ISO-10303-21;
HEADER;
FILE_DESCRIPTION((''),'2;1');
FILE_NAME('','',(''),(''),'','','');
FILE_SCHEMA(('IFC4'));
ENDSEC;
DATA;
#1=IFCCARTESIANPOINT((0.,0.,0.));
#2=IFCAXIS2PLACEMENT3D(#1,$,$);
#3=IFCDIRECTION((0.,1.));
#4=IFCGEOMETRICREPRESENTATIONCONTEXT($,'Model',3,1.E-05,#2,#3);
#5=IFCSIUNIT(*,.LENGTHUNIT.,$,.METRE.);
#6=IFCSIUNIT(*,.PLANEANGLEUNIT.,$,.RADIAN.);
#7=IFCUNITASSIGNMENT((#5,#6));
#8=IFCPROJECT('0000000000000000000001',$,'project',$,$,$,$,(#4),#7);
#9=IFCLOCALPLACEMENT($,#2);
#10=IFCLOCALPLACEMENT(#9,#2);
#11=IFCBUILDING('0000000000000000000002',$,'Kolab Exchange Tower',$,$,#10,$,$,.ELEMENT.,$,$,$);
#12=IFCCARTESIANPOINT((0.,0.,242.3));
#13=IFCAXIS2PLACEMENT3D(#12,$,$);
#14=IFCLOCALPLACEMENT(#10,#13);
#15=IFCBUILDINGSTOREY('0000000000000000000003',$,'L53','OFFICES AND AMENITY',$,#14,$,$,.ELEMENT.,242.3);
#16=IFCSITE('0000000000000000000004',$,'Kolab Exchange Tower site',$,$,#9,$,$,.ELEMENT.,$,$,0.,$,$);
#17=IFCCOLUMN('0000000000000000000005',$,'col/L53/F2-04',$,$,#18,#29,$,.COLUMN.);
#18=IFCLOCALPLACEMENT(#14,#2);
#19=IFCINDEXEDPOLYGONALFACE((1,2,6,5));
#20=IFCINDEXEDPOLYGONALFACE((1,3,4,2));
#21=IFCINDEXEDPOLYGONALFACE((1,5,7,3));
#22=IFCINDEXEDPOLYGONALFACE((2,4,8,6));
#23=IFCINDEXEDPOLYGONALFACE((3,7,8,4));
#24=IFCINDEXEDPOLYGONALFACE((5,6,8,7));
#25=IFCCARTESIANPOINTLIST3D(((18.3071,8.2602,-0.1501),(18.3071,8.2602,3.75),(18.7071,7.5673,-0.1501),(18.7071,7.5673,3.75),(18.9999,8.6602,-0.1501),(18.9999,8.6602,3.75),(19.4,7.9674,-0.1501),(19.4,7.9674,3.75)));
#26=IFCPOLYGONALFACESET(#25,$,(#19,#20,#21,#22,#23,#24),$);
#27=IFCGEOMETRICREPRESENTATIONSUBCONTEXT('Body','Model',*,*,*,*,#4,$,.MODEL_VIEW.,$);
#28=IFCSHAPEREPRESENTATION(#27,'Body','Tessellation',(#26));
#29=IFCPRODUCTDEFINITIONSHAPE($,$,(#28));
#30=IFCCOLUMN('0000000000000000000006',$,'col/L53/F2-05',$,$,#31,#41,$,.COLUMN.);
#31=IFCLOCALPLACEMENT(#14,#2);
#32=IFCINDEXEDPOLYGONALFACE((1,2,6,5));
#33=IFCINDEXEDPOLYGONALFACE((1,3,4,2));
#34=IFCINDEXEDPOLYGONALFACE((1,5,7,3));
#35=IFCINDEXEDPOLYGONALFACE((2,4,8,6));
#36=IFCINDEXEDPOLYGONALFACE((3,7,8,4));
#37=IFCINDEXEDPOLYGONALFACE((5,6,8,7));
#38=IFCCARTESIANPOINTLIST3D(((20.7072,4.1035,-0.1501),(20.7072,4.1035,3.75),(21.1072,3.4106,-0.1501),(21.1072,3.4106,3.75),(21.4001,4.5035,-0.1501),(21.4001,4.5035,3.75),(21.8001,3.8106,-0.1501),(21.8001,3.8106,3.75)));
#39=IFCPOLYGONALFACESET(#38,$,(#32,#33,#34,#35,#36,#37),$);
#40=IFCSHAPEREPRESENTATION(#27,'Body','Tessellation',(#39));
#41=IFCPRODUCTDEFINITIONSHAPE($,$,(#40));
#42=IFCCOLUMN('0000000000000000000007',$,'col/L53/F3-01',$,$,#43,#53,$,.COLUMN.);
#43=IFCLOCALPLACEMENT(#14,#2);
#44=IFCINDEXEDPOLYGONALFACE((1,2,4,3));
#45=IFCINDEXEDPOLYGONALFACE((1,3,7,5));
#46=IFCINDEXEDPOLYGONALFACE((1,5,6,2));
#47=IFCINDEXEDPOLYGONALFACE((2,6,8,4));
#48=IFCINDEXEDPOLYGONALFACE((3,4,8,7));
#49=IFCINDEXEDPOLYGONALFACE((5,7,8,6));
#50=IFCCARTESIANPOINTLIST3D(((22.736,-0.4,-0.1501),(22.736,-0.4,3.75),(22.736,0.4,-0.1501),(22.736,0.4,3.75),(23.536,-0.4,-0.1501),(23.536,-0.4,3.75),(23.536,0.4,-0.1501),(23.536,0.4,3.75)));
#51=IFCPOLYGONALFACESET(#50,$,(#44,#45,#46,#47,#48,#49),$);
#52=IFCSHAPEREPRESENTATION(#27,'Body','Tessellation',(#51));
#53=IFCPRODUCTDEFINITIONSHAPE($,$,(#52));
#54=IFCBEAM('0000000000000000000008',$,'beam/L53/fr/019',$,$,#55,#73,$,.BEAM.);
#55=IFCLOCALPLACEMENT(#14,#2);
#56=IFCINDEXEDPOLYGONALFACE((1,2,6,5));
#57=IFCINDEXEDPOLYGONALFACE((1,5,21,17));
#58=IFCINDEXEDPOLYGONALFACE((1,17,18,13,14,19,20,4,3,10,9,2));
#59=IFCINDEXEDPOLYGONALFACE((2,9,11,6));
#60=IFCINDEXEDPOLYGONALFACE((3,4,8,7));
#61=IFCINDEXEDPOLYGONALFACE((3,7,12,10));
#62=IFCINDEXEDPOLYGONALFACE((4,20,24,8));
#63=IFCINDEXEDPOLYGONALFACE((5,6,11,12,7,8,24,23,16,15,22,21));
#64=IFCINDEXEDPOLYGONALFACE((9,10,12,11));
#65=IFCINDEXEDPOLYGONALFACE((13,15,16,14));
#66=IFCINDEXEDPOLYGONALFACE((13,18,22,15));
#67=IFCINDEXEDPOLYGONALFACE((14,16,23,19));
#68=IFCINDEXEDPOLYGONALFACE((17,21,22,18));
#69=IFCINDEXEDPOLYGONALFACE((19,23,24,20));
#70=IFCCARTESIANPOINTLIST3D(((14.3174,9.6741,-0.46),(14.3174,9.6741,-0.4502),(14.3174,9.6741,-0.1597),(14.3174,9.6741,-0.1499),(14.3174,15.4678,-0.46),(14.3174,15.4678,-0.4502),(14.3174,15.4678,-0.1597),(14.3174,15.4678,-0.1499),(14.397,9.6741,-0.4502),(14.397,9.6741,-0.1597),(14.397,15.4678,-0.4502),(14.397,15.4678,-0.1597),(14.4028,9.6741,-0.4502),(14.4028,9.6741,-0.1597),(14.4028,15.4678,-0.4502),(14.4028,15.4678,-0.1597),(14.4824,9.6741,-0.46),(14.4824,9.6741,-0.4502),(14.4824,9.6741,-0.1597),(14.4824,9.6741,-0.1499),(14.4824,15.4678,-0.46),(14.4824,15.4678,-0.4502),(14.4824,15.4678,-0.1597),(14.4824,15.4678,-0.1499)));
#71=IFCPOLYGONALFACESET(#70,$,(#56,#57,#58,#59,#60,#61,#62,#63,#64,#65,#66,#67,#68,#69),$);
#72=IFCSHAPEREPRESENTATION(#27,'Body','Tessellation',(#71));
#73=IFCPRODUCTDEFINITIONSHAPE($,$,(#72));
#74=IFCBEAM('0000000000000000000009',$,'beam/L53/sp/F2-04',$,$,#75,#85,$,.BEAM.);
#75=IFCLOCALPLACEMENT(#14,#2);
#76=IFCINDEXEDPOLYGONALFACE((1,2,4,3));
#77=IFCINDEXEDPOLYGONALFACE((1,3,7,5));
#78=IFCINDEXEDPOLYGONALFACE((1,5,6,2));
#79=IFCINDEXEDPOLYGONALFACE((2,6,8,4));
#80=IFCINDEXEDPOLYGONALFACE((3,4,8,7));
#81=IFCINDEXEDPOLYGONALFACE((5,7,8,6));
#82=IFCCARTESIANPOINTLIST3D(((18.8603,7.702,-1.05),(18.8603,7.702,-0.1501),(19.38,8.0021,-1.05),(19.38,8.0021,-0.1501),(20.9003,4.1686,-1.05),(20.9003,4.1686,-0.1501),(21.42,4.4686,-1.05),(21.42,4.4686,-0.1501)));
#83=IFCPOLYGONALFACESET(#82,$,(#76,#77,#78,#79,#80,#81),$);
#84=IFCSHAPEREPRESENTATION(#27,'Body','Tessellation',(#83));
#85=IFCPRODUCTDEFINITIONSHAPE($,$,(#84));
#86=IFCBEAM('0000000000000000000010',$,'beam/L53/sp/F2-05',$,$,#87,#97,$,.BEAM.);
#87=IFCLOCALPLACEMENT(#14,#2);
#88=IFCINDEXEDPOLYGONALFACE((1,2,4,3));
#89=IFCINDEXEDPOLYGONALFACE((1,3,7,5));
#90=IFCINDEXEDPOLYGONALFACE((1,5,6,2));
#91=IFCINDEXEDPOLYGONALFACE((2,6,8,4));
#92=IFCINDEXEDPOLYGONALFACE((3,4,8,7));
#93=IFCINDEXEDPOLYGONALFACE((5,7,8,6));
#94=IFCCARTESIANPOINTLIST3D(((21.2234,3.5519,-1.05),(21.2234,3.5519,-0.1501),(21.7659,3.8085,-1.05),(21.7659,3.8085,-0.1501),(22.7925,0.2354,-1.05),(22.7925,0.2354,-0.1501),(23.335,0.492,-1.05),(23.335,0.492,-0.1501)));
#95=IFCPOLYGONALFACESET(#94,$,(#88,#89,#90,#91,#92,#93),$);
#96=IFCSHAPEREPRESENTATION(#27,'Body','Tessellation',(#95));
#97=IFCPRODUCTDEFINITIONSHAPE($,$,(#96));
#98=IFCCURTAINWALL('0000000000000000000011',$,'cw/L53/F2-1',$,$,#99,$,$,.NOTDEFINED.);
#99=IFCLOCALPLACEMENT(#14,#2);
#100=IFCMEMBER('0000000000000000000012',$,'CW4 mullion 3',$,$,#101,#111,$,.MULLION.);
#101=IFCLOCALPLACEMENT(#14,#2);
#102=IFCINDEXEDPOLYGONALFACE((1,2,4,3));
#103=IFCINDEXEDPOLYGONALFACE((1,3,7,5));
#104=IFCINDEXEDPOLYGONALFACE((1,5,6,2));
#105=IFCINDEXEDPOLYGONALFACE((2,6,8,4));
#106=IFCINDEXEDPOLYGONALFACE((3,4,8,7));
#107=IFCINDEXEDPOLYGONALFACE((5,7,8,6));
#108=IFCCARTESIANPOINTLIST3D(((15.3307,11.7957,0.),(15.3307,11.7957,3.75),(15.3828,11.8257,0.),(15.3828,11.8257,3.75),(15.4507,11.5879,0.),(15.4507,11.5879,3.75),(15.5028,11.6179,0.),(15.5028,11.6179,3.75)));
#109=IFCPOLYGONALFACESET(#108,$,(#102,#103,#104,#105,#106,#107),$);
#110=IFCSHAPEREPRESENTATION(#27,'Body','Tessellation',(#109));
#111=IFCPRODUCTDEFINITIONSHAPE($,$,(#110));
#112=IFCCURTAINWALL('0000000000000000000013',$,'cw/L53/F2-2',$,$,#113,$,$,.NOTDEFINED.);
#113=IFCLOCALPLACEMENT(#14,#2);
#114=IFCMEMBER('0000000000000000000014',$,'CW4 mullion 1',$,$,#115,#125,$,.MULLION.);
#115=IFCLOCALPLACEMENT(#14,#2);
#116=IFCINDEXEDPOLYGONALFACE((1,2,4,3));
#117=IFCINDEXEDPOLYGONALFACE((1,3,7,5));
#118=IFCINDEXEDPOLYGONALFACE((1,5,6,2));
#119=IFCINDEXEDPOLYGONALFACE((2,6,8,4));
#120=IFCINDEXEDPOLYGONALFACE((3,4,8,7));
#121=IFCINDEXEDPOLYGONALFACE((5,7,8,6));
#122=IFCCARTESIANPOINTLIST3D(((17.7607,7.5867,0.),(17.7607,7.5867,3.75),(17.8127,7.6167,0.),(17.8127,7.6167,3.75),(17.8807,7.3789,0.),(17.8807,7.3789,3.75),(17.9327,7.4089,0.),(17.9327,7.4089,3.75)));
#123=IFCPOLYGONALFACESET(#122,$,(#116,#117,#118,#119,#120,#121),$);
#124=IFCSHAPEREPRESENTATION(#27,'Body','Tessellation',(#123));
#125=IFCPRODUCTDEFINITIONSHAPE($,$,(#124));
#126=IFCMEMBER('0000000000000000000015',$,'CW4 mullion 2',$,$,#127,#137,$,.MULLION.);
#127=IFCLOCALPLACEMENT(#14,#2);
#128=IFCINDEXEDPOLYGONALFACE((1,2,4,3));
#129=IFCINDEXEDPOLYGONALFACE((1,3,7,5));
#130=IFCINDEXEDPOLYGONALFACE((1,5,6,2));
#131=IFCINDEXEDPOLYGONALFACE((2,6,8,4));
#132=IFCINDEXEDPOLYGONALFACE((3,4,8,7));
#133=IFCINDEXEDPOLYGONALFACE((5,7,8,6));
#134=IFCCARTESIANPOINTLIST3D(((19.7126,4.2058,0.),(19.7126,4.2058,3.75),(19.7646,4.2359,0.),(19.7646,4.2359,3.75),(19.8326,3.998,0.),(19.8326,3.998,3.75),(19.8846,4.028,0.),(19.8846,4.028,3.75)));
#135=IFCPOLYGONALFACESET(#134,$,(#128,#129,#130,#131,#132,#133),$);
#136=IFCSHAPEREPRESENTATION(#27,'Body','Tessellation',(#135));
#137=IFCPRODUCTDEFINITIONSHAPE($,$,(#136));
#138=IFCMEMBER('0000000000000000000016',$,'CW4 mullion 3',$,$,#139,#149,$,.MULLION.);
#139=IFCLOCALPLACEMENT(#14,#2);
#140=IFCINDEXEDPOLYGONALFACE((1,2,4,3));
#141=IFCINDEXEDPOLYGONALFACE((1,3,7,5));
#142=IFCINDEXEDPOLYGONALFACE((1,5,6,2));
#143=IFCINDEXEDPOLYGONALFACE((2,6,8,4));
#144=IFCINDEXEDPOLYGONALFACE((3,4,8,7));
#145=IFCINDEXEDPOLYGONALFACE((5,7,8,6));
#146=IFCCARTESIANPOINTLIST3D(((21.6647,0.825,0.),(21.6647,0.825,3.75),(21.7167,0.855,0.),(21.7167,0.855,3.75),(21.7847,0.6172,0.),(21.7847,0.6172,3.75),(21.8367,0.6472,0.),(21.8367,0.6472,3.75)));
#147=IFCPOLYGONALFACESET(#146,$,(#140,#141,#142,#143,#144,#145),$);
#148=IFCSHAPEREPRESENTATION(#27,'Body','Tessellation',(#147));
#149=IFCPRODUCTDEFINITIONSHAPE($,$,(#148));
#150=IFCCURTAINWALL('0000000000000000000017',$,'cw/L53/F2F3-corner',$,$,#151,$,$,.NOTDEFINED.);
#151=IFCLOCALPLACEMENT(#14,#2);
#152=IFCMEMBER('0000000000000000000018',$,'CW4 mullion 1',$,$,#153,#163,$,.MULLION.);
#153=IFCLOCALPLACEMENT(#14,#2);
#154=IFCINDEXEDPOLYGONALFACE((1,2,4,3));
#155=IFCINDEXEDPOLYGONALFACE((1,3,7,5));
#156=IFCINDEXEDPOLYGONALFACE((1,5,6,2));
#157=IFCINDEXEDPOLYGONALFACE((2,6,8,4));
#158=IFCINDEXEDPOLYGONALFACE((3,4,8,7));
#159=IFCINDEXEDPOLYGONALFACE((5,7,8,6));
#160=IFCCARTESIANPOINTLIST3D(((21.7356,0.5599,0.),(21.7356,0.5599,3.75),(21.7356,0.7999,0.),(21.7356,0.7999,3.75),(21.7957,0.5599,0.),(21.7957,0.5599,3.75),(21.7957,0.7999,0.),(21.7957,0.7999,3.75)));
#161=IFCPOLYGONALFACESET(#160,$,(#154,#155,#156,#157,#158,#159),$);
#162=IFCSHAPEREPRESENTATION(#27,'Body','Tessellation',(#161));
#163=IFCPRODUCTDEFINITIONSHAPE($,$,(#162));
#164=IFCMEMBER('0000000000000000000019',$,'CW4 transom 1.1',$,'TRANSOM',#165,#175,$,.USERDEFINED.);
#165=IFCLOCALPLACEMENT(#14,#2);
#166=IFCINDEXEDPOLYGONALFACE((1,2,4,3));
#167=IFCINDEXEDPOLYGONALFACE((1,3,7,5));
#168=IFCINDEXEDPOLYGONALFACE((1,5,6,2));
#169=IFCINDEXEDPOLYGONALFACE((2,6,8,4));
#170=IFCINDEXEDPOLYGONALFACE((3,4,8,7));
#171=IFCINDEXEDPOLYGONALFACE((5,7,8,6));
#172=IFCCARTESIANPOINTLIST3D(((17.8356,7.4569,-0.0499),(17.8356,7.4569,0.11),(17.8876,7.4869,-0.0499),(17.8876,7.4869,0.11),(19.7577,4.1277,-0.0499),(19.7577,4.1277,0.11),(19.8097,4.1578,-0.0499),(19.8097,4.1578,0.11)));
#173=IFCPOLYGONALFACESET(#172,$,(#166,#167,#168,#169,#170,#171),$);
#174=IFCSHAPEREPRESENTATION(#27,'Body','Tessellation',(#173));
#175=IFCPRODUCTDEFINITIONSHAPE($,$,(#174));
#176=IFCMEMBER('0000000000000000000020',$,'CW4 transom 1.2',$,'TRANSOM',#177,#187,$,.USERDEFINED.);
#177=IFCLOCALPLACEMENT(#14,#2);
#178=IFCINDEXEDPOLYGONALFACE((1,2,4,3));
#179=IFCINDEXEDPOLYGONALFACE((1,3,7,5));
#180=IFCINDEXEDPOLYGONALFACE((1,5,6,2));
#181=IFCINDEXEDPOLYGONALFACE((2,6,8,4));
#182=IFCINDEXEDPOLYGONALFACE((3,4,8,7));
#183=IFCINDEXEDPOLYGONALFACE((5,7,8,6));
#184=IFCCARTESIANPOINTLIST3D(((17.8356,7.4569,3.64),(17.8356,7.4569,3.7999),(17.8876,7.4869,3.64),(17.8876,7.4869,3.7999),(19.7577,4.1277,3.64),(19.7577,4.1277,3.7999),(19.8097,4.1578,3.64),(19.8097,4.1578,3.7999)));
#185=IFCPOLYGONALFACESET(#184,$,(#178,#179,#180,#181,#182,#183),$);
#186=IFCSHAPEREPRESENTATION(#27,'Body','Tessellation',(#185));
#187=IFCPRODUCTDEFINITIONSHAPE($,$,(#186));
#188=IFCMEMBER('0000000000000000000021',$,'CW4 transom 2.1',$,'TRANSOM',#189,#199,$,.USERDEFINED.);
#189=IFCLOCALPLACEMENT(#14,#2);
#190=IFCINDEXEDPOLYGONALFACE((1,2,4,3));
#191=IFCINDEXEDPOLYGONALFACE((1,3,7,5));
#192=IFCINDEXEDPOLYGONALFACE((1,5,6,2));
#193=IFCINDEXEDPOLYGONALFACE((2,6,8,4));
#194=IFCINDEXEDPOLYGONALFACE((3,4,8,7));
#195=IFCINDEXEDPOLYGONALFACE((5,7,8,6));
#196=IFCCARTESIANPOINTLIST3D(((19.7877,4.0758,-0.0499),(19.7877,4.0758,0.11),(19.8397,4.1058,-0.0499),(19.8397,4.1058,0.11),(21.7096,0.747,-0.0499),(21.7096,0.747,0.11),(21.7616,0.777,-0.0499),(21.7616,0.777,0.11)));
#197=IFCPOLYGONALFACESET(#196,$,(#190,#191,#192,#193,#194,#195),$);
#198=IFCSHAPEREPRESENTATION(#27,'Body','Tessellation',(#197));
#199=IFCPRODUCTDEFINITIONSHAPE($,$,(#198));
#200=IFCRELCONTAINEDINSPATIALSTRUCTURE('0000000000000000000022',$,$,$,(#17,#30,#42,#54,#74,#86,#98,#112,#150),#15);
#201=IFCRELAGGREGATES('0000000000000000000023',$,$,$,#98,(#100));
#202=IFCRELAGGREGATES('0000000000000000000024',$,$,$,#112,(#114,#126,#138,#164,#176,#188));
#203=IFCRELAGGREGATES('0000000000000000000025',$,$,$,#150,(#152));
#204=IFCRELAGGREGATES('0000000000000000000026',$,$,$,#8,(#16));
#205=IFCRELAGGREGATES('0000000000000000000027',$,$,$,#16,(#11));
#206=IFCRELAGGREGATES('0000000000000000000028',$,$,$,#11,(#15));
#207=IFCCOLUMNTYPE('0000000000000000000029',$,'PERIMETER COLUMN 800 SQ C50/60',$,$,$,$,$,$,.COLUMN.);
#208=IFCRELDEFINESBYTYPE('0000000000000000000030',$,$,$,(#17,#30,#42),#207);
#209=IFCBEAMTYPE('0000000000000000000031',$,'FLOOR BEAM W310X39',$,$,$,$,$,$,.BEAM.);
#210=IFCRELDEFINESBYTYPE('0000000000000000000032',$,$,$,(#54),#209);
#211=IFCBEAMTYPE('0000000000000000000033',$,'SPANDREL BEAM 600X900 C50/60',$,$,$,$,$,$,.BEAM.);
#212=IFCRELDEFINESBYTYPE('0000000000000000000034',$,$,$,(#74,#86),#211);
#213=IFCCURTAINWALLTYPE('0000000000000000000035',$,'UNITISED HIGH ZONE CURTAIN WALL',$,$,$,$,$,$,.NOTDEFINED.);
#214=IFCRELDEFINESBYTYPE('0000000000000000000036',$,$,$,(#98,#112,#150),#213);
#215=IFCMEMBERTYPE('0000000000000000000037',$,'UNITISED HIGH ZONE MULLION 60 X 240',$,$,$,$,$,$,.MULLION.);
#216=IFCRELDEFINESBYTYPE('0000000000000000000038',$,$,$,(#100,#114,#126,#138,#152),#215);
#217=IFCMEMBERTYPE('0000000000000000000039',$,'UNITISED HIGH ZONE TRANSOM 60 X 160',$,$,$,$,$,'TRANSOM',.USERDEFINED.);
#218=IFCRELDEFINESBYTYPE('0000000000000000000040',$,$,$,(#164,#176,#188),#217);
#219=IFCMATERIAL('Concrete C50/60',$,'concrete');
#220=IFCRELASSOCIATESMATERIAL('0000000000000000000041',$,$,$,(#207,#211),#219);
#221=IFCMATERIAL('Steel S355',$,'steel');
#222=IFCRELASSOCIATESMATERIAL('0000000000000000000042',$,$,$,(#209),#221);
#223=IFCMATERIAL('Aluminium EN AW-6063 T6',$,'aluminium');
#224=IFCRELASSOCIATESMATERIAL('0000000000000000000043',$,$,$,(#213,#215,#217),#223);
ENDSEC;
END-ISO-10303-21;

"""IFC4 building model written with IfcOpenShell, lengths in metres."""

from ifc_helpers import new_model, si_unit, direction, frame, origin, origin_2d, place, context, subcontext, project, spatial, rectangle, i_section, extrude, material, material_profile, profile_set, type_object, element, aggregate, save


model = new_model("IFC4")

# Units and contexts
model_context = context("Model", 3, precision=1e-05, world=origin(), true_north=direction((0.0, 1.0)))
body_context = subcontext(model_context, "Body", "Model", "MODEL_VIEW")
ifc_project = project(units=[si_unit("LENGTHUNIT", "METRE"), si_unit("PLANEANGLEUNIT", "RADIAN")], contexts=[model_context])

# Site, building, storey
site_placement = place(None, origin())
site = spatial("IfcSite", under=ifc_project, at=site_placement, Name="Kolab Exchange Tower site", CompositionType="ELEMENT", RefElevation=0.0)
building_placement = place(site_placement, origin())
building = spatial("IfcBuilding", under=site, at=building_placement, Name="Kolab Exchange Tower", CompositionType="ELEMENT")
storey_placement = place(building_placement, frame((0.0, 0.0, 242.3)))
storey = spatial("IfcBuildingStorey", under=building, at=storey_placement, Name="L53", Description="OFFICES AND AMENITY", CompositionType="ELEMENT", Elevation=242.3)

# Columns
ifc_material_1 = material(Name="Concrete C50/60", Category="concrete")
ifc_material_profile_1 = material_profile(ifc_material_1, rectangle(XDim=0.8, YDim=0.8, at=origin_2d()), Name="RC800")
ifc_profile_set_1 = profile_set([ifc_material_profile_1], Name="Concrete C50/60")
column_type = type_object("IfcColumnType", Name="PERIMETER COLUMN 800 SQ C50/60", PredefinedType="COLUMN", material=ifc_profile_set_1)
for number, where, z_axis, x_axis, name in (
    (1, (18.8535, 8.1138, -0.1501), (0.0, 0.0, 1.0), (0.866025, 0.5, 0.0), "col/L53/F2-04"),
    (2, (21.2537, 3.957, -0.1501), (0.0, 0.0, 1.0), (0.866025, 0.5, 0.0), "col/L53/F2-05"),
    (3, (23.136, 0.0, -0.1501), (0.0, 0.0, 1.0), (1.0, 0.0, 0.0), "col/L53/F3-01"),
):
    element("IfcColumn", number, at=place(storey_placement, frame(where, z_axis=z_axis, x_axis=x_axis)), inside=storey, type_object=column_type, Name=name, PredefinedType="COLUMN", context=body_context, shape_type="SweptSolid", body=[
        extrude(rectangle(XDim=0.8, YDim=0.8, at=origin_2d()), origin(), (0.0, 0.0, 1.0), 3.9001),
    ])

# Beams
ifc_material_2 = material(Name="Steel S355", Category="steel")
ifc_material_profile_2 = material_profile(ifc_material_2, i_section(OverallWidth=0.165, OverallDepth=0.3101, WebThickness=0.0059, FlangeThickness=0.0098, at=origin_2d()), Name="W310X39")
ifc_profile_set_2 = profile_set([ifc_material_profile_2], Name="Steel S355")
beam_type_1 = type_object("IfcBeamType", Name="FLOOR BEAM W310X39", PredefinedType="BEAM", material=ifc_profile_set_2)
beam_1_placement = place(storey_placement, frame((14.3999, 9.6741, -0.3049), z_axis=(0.0, 1.0, 0.0), x_axis=(-1.0, 0.0, 0.0)))
element("IfcBeam", 4, at=beam_1_placement, inside=storey, type_object=beam_type_1, Name="beam/L53/fr/019", PredefinedType="BEAM", context=body_context, shape_type="SweptSolid", body=[
    extrude(i_section(OverallWidth=0.165, OverallDepth=0.3101, WebThickness=0.0059, FlangeThickness=0.0098, at=origin_2d()), origin(), (0.0, 0.0, 1.0), 5.7937),
])
ifc_material_profile_3 = material_profile(ifc_material_1, rectangle(XDim=0.6001, YDim=0.8999, at=origin_2d()), Name="RC600X900")
ifc_profile_set_3 = profile_set([ifc_material_profile_3], Name="Concrete C50/60")
beam_type_2 = type_object("IfcBeamType", Name="SPANDREL BEAM 600X900 C50/60", PredefinedType="BEAM", material=ifc_profile_set_3)
beam_2_placement = place(storey_placement, frame((19.1201, 7.8521, -0.6001), z_axis=(0.5, -0.866025, 0.0), x_axis=(0.866025, 0.5, 0.0)))
element("IfcBeam", 5, at=beam_2_placement, inside=storey, type_object=beam_type_2, Name="beam/L53/sp/F2-04", PredefinedType="BEAM", context=body_context, shape_type="SweptSolid", body=[
    extrude(rectangle(XDim=0.6001, YDim=0.8999, at=origin_2d()), origin(), (0.0, 0.0, 1.0), 4.0801),
])
beam_3_placement = place(storey_placement, frame((21.4946, 3.6802, -0.6001), z_axis=(0.427677, -0.903932, 0.0), x_axis=(0.903932, 0.427677, 0.0)))
element("IfcBeam", 6, at=beam_3_placement, inside=storey, type_object=beam_type_2, Name="beam/L53/sp/F2-05", PredefinedType="BEAM", context=body_context, shape_type="SweptSolid", body=[
    extrude(rectangle(XDim=0.6001, YDim=0.8999, at=origin_2d()), origin(), (0.0, 0.0, 1.0), 3.6689),
])

# Curtain wall, member
ifc_material_3 = material(Name="Aluminium EN AW-6063 T6", Category="aluminium")
curtain_wall_type = type_object("IfcCurtainWallType", Name="UNITISED HIGH ZONE CURTAIN WALL", PredefinedType="NOTDEFINED", material=ifc_material_3)
curtain_wall_1_placement = place(storey_placement, origin())
curtain_wall_1 = element("IfcCurtainWall", 7, at=curtain_wall_1_placement, inside=storey, type_object=curtain_wall_type, Name="cw/L53/F2-1", PredefinedType="NOTDEFINED")
ifc_material_profile_4 = material_profile(ifc_material_3, rectangle(XDim=0.0601, YDim=0.24, at=origin_2d()), Name="RECT 60X240")
ifc_profile_set_4 = profile_set([ifc_material_profile_4], Name="Aluminium EN AW-6063 T6")
member_type_1 = type_object("IfcMemberType", Name="UNITISED HIGH ZONE MULLION 60 X 240", PredefinedType="MULLION", material=ifc_profile_set_4)
member_1_placement = place(storey_placement, frame((15.4167, 11.7068, 0.0), z_axis=(0.0, 0.0, 1.0), x_axis=(0.866025, 0.5, 0.0)))
member_1 = element("IfcMember", 8, at=member_1_placement, type_object=member_type_1, Name="CW4 mullion 3", PredefinedType="MULLION", context=body_context, shape_type="SweptSolid", body=[
    extrude(rectangle(XDim=0.0601, YDim=0.24, at=origin_2d()), origin(), (0.0, 0.0, 1.0), 3.75),
])
aggregate(curtain_wall_1, [member_1])

# Curtain wall, members
curtain_wall_2_placement = place(storey_placement, origin())
curtain_wall_2 = element("IfcCurtainWall", 9, at=curtain_wall_2_placement, inside=storey, type_object=curtain_wall_type, Name="cw/L53/F2-2", PredefinedType="NOTDEFINED")
member_2_placement = place(storey_placement, frame((17.8467, 7.4978, 0.0), z_axis=(0.0, 0.0, 1.0), x_axis=(0.866025, 0.5, 0.0)))
member_2 = element("IfcMember", 10, at=member_2_placement, type_object=member_type_1, Name="CW4 mullion 1", PredefinedType="MULLION", context=body_context, shape_type="SweptSolid", body=[
    extrude(rectangle(XDim=0.0601, YDim=0.24, at=origin_2d()), origin(), (0.0, 0.0, 1.0), 3.75),
])
member_3_placement = place(storey_placement, frame((19.7986, 4.1169, 0.0), z_axis=(0.0, 0.0, 1.0), x_axis=(0.866025, 0.5, 0.0)))
member_3 = element("IfcMember", 11, at=member_3_placement, type_object=member_type_1, Name="CW4 mullion 2", PredefinedType="MULLION", context=body_context, shape_type="SweptSolid", body=[
    extrude(rectangle(XDim=0.0601, YDim=0.24, at=origin_2d()), origin(), (0.0, 0.0, 1.0), 3.75),
])
member_4_placement = place(storey_placement, frame((21.7507, 0.7361, 0.0), z_axis=(0.0, 0.0, 1.0), x_axis=(0.866025, 0.5, 0.0)))
member_4 = element("IfcMember", 12, at=member_4_placement, type_object=member_type_1, Name="CW4 mullion 3", PredefinedType="MULLION", context=body_context, shape_type="SweptSolid", body=[
    extrude(rectangle(XDim=0.0601, YDim=0.24, at=origin_2d()), origin(), (0.0, 0.0, 1.0), 3.75),
])

# Curtain wall, member
curtain_wall_3_placement = place(storey_placement, origin())
curtain_wall_3 = element("IfcCurtainWall", 13, at=curtain_wall_3_placement, inside=storey, type_object=curtain_wall_type, Name="cw/L53/F2F3-corner", PredefinedType="NOTDEFINED")
member_5_placement = place(storey_placement, frame((21.7656, 0.6799, 0.0), z_axis=(0.0, 0.0, 1.0), x_axis=(1.0, 0.0, 0.0)))
member_5 = element("IfcMember", 14, at=member_5_placement, type_object=member_type_1, Name="CW4 mullion 1", PredefinedType="MULLION", context=body_context, shape_type="SweptSolid", body=[
    extrude(rectangle(XDim=0.0601, YDim=0.24, at=origin_2d()), origin(), (0.0, 0.0, 1.0), 3.75),
])

# Members
ifc_material_profile_5 = material_profile(ifc_material_3, rectangle(XDim=0.0601, YDim=0.1599, at=origin_2d()), Name="RECT 60X160")
ifc_profile_set_5 = profile_set([ifc_material_profile_5], Name="Aluminium EN AW-6063 T6")
member_type_2 = type_object("IfcMemberType", Name="UNITISED HIGH ZONE TRANSOM 60 X 160", ElementType="TRANSOM", PredefinedType="USERDEFINED", material=ifc_profile_set_5)
member_6_placement = place(storey_placement, frame((17.8616, 7.4719, 0.03), z_axis=(0.500012, -0.866018, 0.0), x_axis=(0.866018, 0.500012, 0.0)))
member_6 = element("IfcMember", 15, at=member_6_placement, type_object=member_type_2, Name="CW4 transom 1.1", ObjectType="TRANSOM", PredefinedType="USERDEFINED", context=body_context, shape_type="SweptSolid", body=[
    extrude(rectangle(XDim=0.0601, YDim=0.1599, at=origin_2d()), origin(), (0.0, 0.0, 1.0), 3.8442),
])
member_7_placement = place(storey_placement, frame((17.8616, 7.4719, 3.72), z_axis=(0.500012, -0.866018, 0.0), x_axis=(0.866018, 0.500012, 0.0)))
member_7 = element("IfcMember", 16, at=member_7_placement, type_object=member_type_2, Name="CW4 transom 1.2", ObjectType="TRANSOM", PredefinedType="USERDEFINED", context=body_context, shape_type="SweptSolid", body=[
    extrude(rectangle(XDim=0.0601, YDim=0.1599, at=origin_2d()), origin(), (0.0, 0.0, 1.0), 3.8442),
])
member_8_placement = place(storey_placement, frame((19.8137, 4.0908, 0.03), z_axis=(0.499992, -0.86603, 0.0), x_axis=(0.86603, 0.499992, 0.0)))
member_8 = element("IfcMember", 17, at=member_8_placement, type_object=member_type_2, Name="CW4 transom 2.1", ObjectType="TRANSOM", PredefinedType="USERDEFINED", context=body_context, shape_type="SweptSolid", body=[
    extrude(rectangle(XDim=0.0601, YDim=0.1599, at=origin_2d()), origin(), (0.0, 0.0, 1.0), 3.8438),
])

aggregate(curtain_wall_2, [member_2, member_3, member_4, member_6, member_7, member_8])
aggregate(curtain_wall_3, [member_5])

save(model, "model.ifc")
